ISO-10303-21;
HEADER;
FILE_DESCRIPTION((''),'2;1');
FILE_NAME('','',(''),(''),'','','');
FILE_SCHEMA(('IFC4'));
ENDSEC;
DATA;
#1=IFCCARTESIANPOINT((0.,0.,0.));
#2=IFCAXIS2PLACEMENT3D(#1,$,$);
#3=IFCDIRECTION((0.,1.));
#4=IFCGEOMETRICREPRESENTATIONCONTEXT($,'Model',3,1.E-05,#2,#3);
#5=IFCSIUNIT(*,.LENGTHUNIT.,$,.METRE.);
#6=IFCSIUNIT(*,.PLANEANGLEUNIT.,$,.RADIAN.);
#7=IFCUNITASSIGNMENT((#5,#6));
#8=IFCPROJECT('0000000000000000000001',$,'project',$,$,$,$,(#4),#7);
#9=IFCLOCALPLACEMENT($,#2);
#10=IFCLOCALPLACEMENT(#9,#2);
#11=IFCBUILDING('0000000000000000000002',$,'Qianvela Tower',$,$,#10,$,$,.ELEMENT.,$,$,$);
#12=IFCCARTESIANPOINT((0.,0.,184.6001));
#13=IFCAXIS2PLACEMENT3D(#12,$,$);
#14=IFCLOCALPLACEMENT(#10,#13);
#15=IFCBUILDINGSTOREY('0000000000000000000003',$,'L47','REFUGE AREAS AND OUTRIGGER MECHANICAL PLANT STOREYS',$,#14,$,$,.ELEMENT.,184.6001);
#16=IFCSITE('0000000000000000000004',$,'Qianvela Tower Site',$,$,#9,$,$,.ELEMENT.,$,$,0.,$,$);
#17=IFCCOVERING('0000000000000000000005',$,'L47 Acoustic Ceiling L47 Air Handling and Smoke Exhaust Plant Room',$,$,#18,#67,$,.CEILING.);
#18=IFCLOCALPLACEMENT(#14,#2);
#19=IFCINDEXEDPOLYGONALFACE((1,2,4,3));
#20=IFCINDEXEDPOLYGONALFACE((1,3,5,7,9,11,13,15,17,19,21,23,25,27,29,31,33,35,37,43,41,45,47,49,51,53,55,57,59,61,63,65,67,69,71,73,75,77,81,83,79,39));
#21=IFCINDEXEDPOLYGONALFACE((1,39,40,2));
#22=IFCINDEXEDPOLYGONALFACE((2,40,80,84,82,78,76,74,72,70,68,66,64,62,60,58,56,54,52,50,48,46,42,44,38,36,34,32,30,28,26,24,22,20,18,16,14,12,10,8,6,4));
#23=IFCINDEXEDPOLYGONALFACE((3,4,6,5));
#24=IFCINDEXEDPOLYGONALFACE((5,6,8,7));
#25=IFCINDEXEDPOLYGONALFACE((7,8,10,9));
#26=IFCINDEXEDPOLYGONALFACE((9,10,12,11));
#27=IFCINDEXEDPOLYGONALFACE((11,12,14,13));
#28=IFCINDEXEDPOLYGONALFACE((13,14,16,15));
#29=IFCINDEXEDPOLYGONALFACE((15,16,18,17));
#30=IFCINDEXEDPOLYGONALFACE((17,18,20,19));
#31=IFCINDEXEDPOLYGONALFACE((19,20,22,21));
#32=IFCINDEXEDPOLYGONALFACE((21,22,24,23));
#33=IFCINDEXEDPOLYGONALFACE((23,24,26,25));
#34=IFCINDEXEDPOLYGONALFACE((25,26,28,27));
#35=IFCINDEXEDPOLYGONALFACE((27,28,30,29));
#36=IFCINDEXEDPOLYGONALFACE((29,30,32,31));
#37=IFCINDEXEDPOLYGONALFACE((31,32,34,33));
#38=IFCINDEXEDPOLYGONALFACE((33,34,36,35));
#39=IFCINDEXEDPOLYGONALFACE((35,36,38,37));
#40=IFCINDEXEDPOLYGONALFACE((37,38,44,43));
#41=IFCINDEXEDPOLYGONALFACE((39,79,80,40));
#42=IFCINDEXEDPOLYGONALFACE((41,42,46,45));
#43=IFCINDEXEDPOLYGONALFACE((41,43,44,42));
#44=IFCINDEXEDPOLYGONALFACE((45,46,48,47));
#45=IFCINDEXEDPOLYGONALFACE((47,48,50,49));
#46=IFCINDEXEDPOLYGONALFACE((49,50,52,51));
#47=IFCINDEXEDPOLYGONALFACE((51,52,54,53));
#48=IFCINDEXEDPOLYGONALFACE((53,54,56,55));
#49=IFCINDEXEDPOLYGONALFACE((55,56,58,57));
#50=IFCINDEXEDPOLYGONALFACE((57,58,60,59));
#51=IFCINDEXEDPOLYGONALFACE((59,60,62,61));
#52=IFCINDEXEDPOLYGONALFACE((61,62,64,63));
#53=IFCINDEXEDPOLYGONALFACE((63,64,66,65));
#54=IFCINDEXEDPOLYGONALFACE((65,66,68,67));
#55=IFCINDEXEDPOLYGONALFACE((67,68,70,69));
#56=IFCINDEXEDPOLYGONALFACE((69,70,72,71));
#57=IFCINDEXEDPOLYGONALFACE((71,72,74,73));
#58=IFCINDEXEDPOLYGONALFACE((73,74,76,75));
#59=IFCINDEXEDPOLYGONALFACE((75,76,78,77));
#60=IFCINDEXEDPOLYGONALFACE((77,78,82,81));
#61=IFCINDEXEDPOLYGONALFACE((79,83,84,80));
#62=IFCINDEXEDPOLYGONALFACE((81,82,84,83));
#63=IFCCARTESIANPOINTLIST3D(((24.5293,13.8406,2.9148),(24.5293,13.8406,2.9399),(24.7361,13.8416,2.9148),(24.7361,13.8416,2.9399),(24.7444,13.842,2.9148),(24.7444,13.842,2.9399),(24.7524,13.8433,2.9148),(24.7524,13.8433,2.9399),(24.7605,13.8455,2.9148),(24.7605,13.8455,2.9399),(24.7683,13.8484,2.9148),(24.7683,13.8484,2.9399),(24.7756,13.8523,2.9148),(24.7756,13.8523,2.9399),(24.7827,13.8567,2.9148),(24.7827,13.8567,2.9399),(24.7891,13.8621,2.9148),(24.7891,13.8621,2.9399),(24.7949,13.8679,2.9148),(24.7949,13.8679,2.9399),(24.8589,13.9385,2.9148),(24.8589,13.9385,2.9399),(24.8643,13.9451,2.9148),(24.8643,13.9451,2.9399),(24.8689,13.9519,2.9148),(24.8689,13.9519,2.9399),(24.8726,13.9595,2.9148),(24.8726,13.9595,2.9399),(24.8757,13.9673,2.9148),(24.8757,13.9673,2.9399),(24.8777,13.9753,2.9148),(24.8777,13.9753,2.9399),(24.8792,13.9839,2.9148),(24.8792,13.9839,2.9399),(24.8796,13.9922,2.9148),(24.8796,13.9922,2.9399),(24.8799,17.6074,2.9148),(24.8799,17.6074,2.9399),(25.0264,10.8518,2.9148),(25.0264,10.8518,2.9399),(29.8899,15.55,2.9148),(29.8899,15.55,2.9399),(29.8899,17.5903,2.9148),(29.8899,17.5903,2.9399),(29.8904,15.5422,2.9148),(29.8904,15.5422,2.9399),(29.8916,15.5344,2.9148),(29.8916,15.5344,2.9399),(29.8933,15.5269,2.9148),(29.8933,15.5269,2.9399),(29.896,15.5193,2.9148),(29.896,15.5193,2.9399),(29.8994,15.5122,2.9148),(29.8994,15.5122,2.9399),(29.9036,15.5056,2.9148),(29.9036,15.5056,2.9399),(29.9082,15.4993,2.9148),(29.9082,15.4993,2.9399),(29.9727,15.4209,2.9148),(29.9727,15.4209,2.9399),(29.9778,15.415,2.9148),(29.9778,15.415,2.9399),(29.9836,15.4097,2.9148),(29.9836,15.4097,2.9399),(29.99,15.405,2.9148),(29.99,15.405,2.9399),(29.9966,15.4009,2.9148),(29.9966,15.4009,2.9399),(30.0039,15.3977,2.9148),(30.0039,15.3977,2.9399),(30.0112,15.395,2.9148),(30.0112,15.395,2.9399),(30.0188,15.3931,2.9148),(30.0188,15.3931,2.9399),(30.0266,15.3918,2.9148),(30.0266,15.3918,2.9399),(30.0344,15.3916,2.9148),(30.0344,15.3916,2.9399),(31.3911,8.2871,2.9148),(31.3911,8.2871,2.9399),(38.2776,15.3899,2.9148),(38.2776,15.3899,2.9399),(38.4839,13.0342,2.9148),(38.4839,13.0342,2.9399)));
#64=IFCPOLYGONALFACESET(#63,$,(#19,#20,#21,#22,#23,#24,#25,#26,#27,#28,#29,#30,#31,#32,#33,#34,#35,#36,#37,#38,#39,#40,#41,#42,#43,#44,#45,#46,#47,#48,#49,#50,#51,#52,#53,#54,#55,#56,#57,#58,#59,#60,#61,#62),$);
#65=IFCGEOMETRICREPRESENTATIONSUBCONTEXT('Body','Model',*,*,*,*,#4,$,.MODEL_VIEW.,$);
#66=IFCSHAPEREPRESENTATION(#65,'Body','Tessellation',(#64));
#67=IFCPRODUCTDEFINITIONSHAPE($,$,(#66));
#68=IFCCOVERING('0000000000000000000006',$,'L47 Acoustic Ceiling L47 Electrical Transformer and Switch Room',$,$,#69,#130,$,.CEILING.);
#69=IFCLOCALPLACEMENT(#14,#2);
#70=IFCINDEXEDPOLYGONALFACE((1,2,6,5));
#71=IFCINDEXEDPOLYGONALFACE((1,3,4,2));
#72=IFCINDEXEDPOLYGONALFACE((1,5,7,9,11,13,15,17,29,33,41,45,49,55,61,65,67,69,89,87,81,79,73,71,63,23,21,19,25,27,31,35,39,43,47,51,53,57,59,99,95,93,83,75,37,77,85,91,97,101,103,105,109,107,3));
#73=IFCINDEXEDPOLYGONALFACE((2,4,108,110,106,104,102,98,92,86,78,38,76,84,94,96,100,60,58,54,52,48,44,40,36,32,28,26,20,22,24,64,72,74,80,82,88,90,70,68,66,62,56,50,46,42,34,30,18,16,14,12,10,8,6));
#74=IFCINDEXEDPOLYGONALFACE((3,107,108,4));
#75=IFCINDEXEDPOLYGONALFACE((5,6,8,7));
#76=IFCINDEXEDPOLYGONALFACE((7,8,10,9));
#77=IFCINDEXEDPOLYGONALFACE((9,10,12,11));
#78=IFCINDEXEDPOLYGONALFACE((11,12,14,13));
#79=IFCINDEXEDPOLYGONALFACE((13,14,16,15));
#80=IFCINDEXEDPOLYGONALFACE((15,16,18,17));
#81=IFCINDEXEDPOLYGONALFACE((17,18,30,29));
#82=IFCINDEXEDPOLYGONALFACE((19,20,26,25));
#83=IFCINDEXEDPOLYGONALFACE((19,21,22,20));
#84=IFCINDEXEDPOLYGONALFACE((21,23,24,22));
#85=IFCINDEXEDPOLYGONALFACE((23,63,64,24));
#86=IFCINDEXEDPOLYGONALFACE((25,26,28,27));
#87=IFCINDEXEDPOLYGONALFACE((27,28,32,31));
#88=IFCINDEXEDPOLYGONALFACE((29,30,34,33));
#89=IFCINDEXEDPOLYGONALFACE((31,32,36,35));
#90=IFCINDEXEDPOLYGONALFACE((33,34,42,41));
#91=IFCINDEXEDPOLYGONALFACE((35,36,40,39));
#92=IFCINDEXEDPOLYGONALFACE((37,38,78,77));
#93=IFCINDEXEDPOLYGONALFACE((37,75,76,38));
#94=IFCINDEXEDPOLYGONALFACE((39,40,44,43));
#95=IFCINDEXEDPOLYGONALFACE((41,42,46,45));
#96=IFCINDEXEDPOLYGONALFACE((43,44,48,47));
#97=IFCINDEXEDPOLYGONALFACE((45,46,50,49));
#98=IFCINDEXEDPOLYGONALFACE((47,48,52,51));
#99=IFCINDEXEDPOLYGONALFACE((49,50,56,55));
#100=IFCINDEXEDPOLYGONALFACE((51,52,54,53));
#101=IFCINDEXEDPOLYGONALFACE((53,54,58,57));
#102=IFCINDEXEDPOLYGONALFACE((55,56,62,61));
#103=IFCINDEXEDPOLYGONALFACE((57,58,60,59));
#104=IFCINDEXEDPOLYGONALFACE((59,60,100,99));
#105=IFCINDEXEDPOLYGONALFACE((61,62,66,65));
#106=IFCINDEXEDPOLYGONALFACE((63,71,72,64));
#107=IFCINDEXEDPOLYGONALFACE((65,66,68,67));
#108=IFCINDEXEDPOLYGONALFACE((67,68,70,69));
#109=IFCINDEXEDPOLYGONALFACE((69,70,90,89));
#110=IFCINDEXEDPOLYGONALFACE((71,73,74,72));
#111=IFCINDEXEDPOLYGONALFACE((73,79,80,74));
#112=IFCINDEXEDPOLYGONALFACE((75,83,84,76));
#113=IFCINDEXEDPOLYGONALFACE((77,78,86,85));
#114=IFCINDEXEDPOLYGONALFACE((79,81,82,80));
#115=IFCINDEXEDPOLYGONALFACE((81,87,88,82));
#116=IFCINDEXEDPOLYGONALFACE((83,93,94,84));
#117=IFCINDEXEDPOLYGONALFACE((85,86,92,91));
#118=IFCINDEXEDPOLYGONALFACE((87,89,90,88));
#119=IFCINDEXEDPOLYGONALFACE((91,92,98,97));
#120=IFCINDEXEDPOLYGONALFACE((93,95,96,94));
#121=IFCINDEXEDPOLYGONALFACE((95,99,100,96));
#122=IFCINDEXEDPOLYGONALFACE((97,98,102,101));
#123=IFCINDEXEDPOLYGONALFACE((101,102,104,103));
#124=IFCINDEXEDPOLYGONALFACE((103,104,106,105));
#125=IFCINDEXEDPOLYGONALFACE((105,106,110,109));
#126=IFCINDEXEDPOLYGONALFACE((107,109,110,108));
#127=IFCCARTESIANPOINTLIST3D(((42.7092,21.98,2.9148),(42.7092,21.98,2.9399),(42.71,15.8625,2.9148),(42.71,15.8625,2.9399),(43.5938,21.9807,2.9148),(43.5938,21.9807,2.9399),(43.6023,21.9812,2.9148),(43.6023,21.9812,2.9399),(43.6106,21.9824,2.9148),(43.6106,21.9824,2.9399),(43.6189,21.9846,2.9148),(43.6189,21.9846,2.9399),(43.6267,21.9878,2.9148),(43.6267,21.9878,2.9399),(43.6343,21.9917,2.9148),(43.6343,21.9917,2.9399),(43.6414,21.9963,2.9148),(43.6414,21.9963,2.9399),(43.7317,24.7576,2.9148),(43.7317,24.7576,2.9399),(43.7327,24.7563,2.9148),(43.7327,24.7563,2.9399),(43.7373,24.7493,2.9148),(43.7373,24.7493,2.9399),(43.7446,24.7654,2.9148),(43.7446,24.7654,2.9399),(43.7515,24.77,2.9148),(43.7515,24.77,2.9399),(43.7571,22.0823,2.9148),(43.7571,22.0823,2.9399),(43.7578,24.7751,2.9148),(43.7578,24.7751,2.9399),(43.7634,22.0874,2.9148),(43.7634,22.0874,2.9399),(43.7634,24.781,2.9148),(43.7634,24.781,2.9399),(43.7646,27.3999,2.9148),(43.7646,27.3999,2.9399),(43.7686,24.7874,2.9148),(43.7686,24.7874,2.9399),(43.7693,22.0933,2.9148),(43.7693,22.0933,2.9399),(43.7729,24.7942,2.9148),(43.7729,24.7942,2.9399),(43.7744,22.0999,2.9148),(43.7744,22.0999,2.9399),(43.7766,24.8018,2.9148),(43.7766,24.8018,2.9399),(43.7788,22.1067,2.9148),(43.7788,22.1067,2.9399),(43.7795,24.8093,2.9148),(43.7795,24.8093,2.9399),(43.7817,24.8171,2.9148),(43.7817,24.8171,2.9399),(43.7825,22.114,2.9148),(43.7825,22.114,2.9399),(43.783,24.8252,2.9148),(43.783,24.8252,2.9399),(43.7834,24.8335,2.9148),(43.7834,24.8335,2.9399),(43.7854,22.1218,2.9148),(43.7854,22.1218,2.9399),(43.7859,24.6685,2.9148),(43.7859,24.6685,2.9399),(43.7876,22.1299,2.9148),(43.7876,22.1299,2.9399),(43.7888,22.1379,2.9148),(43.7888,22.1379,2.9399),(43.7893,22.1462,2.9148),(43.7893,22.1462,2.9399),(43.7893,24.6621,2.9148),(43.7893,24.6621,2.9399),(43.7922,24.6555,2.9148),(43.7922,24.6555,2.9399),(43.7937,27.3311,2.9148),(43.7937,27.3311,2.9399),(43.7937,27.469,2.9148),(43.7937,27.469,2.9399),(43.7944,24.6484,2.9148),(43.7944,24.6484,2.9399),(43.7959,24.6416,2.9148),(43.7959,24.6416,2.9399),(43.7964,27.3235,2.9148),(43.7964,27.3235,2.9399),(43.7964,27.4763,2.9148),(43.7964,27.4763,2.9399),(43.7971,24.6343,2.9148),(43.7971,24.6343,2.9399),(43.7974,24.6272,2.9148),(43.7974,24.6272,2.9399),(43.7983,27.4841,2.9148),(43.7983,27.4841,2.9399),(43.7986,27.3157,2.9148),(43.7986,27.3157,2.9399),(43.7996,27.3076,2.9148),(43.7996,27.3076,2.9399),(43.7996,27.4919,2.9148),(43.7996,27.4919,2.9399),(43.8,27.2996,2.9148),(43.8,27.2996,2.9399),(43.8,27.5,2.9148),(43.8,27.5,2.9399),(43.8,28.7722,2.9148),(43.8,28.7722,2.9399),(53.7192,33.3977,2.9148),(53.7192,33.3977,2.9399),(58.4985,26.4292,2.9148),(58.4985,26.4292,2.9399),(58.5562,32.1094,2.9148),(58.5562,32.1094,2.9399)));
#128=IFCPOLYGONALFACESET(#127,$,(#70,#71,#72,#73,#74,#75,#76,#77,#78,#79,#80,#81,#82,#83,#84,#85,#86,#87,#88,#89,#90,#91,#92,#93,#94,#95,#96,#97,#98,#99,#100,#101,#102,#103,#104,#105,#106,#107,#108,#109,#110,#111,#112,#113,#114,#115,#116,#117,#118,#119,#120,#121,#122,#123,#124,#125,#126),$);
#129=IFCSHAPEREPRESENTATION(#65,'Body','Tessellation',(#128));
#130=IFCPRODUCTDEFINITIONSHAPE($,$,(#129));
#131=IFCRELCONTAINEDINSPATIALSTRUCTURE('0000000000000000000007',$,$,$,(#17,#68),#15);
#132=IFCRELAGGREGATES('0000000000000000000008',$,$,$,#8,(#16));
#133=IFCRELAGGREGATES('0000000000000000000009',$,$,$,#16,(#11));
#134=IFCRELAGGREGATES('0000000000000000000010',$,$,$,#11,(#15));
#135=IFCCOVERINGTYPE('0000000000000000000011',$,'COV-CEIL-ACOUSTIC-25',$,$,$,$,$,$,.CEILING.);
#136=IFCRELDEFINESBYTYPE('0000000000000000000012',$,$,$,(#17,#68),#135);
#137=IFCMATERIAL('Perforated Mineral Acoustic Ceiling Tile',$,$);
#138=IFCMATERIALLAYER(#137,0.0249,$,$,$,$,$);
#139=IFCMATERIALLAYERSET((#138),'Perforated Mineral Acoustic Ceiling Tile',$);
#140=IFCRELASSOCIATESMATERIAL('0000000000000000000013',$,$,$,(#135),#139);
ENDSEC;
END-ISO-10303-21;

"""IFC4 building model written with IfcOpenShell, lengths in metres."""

from ifc_helpers import new_model, si_unit, direction, frame, origin, place, context, subcontext, project, spatial, polyline, outline, extrude, material, layer, layer_set, type_object, element, save


model = new_model("IFC4")

# Units and contexts
model_context = context("Model", 3, precision=1e-05, world=origin(), true_north=direction((0.0, 1.0)))
body_context = subcontext(model_context, "Body", "Model", "MODEL_VIEW")
ifc_project = project(units=[si_unit("LENGTHUNIT", "METRE"), si_unit("PLANEANGLEUNIT", "RADIAN")], contexts=[model_context])

# Site, building, storey
site_placement = place(None, origin())
site = spatial("IfcSite", under=ifc_project, at=site_placement, Name="Qianvela Tower Site", CompositionType="ELEMENT", RefElevation=0.0)
building_placement = place(site_placement, origin())
building = spatial("IfcBuilding", under=site, at=building_placement, Name="Qianvela Tower", CompositionType="ELEMENT")
storey_placement = place(building_placement, frame((0.0, 0.0, 184.6001)))
storey = spatial("IfcBuildingStorey", under=building, at=storey_placement, Name="L47", Description="REFUGE AREAS AND OUTRIGGER MECHANICAL PLANT STOREYS", CompositionType="ELEMENT", Elevation=184.6001)

# Coverings
ifc_material_1 = material(Name="Perforated Mineral Acoustic Ceiling Tile")
ifc_layer_1 = layer(ifc_material_1, 0.0249)
ifc_layer_set_1 = layer_set([ifc_layer_1], Name="Perforated Mineral Acoustic Ceiling Tile")
covering_type_1 = type_object("IfcCoveringType", Name="COV-CEIL-ACOUSTIC-25", PredefinedType="CEILING", material=ifc_layer_set_1)
covering_1_placement = place(storey_placement, frame((0.0, 0.0, 2.9148)))
element("IfcCovering", 1, at=covering_1_placement, inside=storey, type_object=covering_type_1, Name="L47 Acoustic Ceiling L47 Air Handling and Smoke Exhaust Plant Room", PredefinedType="CEILING", context=body_context, shape_type="SweptSolid", body=[
    extrude(outline(polyline([(24.5293, 13.8406), (24.7361, 13.8416), (24.7444, 13.842), (24.7524, 13.8433), (24.7605, 13.8455), (24.7683, 13.8484), (24.7756, 13.8523), (24.7827, 13.8567), (24.7891, 13.8621), (24.7949, 13.8679), (24.8589, 13.9385), (24.8643, 13.9451), (24.8689, 13.9519), (24.8726, 13.9595), (24.8757, 13.9673), (24.8777, 13.9753), (24.8792, 13.9839), (24.8796, 13.9922), (24.8799, 17.6074), (29.8899, 17.5903), (29.8899, 15.55), (29.8904, 15.5422), (29.8916, 15.5344), (29.8933, 15.5269), (29.896, 15.5193), (29.8994, 15.5122), (29.9036, 15.5056), (29.9082, 15.4993), (29.9727, 15.4209), (29.9778, 15.415), (29.9836, 15.4097), (29.99, 15.405), (29.9966, 15.4009), (30.0039, 15.3977), (30.0112, 15.395), (30.0188, 15.3931), (30.0266, 15.3918), (30.0344, 15.3916), (38.2776, 15.3899), (38.4839, 13.0342), (31.3911, 8.2871), (25.0264, 10.8518), (24.5293, 13.8406)])), origin(), (0.0, 0.0, 1.0), 0.0251),
])
covering_2_placement = place(storey_placement, frame((0.0, 0.0, 2.9148)))
element("IfcCovering", 2, at=covering_2_placement, inside=storey, type_object=covering_type_1, Name="L47 Acoustic Ceiling L47 Electrical Transformer and Switch Room", PredefinedType="CEILING", context=body_context, shape_type="SweptSolid", body=[
    extrude(outline(polyline([(42.7092, 21.98), (43.5938, 21.9807), (43.6023, 21.9812), (43.6106, 21.9824), (43.6189, 21.9846), (43.6267, 21.9878), (43.6343, 21.9917), (43.6414, 21.9963), (43.7571, 22.0823), (43.7634, 22.0874), (43.7693, 22.0933), (43.7744, 22.0999), (43.7788, 22.1067), (43.7825, 22.114), (43.7854, 22.1218), (43.7876, 22.1299), (43.7888, 22.1379), (43.7893, 22.1462), (43.7974, 24.6272), (43.7971, 24.6343), (43.7959, 24.6416), (43.7944, 24.6484), (43.7922, 24.6555), (43.7893, 24.6621), (43.7859, 24.6685), (43.7373, 24.7493), (43.7327, 24.7563), (43.7317, 24.7576), (43.7446, 24.7654), (43.7515, 24.77), (43.7578, 24.7751), (43.7634, 24.781), (43.7686, 24.7874), (43.7729, 24.7942), (43.7766, 24.8018), (43.7795, 24.8093), (43.7817, 24.8171), (43.783, 24.8252), (43.7834, 24.8335), (43.8, 27.2996), (43.7996, 27.3076), (43.7986, 27.3157), (43.7964, 27.3235), (43.7937, 27.3311), (43.7646, 27.3999), (43.7937, 27.469), (43.7964, 27.4763), (43.7983, 27.4841), (43.7996, 27.4919), (43.8, 27.5), (43.8, 28.7722), (53.7192, 33.3977), (58.5562, 32.1094), (58.4985, 26.4292), (42.71, 15.8625), (42.7092, 21.98)])), origin(), (0.0, 0.0, 1.0), 0.0251),
])

save(model, "model.ifc")
